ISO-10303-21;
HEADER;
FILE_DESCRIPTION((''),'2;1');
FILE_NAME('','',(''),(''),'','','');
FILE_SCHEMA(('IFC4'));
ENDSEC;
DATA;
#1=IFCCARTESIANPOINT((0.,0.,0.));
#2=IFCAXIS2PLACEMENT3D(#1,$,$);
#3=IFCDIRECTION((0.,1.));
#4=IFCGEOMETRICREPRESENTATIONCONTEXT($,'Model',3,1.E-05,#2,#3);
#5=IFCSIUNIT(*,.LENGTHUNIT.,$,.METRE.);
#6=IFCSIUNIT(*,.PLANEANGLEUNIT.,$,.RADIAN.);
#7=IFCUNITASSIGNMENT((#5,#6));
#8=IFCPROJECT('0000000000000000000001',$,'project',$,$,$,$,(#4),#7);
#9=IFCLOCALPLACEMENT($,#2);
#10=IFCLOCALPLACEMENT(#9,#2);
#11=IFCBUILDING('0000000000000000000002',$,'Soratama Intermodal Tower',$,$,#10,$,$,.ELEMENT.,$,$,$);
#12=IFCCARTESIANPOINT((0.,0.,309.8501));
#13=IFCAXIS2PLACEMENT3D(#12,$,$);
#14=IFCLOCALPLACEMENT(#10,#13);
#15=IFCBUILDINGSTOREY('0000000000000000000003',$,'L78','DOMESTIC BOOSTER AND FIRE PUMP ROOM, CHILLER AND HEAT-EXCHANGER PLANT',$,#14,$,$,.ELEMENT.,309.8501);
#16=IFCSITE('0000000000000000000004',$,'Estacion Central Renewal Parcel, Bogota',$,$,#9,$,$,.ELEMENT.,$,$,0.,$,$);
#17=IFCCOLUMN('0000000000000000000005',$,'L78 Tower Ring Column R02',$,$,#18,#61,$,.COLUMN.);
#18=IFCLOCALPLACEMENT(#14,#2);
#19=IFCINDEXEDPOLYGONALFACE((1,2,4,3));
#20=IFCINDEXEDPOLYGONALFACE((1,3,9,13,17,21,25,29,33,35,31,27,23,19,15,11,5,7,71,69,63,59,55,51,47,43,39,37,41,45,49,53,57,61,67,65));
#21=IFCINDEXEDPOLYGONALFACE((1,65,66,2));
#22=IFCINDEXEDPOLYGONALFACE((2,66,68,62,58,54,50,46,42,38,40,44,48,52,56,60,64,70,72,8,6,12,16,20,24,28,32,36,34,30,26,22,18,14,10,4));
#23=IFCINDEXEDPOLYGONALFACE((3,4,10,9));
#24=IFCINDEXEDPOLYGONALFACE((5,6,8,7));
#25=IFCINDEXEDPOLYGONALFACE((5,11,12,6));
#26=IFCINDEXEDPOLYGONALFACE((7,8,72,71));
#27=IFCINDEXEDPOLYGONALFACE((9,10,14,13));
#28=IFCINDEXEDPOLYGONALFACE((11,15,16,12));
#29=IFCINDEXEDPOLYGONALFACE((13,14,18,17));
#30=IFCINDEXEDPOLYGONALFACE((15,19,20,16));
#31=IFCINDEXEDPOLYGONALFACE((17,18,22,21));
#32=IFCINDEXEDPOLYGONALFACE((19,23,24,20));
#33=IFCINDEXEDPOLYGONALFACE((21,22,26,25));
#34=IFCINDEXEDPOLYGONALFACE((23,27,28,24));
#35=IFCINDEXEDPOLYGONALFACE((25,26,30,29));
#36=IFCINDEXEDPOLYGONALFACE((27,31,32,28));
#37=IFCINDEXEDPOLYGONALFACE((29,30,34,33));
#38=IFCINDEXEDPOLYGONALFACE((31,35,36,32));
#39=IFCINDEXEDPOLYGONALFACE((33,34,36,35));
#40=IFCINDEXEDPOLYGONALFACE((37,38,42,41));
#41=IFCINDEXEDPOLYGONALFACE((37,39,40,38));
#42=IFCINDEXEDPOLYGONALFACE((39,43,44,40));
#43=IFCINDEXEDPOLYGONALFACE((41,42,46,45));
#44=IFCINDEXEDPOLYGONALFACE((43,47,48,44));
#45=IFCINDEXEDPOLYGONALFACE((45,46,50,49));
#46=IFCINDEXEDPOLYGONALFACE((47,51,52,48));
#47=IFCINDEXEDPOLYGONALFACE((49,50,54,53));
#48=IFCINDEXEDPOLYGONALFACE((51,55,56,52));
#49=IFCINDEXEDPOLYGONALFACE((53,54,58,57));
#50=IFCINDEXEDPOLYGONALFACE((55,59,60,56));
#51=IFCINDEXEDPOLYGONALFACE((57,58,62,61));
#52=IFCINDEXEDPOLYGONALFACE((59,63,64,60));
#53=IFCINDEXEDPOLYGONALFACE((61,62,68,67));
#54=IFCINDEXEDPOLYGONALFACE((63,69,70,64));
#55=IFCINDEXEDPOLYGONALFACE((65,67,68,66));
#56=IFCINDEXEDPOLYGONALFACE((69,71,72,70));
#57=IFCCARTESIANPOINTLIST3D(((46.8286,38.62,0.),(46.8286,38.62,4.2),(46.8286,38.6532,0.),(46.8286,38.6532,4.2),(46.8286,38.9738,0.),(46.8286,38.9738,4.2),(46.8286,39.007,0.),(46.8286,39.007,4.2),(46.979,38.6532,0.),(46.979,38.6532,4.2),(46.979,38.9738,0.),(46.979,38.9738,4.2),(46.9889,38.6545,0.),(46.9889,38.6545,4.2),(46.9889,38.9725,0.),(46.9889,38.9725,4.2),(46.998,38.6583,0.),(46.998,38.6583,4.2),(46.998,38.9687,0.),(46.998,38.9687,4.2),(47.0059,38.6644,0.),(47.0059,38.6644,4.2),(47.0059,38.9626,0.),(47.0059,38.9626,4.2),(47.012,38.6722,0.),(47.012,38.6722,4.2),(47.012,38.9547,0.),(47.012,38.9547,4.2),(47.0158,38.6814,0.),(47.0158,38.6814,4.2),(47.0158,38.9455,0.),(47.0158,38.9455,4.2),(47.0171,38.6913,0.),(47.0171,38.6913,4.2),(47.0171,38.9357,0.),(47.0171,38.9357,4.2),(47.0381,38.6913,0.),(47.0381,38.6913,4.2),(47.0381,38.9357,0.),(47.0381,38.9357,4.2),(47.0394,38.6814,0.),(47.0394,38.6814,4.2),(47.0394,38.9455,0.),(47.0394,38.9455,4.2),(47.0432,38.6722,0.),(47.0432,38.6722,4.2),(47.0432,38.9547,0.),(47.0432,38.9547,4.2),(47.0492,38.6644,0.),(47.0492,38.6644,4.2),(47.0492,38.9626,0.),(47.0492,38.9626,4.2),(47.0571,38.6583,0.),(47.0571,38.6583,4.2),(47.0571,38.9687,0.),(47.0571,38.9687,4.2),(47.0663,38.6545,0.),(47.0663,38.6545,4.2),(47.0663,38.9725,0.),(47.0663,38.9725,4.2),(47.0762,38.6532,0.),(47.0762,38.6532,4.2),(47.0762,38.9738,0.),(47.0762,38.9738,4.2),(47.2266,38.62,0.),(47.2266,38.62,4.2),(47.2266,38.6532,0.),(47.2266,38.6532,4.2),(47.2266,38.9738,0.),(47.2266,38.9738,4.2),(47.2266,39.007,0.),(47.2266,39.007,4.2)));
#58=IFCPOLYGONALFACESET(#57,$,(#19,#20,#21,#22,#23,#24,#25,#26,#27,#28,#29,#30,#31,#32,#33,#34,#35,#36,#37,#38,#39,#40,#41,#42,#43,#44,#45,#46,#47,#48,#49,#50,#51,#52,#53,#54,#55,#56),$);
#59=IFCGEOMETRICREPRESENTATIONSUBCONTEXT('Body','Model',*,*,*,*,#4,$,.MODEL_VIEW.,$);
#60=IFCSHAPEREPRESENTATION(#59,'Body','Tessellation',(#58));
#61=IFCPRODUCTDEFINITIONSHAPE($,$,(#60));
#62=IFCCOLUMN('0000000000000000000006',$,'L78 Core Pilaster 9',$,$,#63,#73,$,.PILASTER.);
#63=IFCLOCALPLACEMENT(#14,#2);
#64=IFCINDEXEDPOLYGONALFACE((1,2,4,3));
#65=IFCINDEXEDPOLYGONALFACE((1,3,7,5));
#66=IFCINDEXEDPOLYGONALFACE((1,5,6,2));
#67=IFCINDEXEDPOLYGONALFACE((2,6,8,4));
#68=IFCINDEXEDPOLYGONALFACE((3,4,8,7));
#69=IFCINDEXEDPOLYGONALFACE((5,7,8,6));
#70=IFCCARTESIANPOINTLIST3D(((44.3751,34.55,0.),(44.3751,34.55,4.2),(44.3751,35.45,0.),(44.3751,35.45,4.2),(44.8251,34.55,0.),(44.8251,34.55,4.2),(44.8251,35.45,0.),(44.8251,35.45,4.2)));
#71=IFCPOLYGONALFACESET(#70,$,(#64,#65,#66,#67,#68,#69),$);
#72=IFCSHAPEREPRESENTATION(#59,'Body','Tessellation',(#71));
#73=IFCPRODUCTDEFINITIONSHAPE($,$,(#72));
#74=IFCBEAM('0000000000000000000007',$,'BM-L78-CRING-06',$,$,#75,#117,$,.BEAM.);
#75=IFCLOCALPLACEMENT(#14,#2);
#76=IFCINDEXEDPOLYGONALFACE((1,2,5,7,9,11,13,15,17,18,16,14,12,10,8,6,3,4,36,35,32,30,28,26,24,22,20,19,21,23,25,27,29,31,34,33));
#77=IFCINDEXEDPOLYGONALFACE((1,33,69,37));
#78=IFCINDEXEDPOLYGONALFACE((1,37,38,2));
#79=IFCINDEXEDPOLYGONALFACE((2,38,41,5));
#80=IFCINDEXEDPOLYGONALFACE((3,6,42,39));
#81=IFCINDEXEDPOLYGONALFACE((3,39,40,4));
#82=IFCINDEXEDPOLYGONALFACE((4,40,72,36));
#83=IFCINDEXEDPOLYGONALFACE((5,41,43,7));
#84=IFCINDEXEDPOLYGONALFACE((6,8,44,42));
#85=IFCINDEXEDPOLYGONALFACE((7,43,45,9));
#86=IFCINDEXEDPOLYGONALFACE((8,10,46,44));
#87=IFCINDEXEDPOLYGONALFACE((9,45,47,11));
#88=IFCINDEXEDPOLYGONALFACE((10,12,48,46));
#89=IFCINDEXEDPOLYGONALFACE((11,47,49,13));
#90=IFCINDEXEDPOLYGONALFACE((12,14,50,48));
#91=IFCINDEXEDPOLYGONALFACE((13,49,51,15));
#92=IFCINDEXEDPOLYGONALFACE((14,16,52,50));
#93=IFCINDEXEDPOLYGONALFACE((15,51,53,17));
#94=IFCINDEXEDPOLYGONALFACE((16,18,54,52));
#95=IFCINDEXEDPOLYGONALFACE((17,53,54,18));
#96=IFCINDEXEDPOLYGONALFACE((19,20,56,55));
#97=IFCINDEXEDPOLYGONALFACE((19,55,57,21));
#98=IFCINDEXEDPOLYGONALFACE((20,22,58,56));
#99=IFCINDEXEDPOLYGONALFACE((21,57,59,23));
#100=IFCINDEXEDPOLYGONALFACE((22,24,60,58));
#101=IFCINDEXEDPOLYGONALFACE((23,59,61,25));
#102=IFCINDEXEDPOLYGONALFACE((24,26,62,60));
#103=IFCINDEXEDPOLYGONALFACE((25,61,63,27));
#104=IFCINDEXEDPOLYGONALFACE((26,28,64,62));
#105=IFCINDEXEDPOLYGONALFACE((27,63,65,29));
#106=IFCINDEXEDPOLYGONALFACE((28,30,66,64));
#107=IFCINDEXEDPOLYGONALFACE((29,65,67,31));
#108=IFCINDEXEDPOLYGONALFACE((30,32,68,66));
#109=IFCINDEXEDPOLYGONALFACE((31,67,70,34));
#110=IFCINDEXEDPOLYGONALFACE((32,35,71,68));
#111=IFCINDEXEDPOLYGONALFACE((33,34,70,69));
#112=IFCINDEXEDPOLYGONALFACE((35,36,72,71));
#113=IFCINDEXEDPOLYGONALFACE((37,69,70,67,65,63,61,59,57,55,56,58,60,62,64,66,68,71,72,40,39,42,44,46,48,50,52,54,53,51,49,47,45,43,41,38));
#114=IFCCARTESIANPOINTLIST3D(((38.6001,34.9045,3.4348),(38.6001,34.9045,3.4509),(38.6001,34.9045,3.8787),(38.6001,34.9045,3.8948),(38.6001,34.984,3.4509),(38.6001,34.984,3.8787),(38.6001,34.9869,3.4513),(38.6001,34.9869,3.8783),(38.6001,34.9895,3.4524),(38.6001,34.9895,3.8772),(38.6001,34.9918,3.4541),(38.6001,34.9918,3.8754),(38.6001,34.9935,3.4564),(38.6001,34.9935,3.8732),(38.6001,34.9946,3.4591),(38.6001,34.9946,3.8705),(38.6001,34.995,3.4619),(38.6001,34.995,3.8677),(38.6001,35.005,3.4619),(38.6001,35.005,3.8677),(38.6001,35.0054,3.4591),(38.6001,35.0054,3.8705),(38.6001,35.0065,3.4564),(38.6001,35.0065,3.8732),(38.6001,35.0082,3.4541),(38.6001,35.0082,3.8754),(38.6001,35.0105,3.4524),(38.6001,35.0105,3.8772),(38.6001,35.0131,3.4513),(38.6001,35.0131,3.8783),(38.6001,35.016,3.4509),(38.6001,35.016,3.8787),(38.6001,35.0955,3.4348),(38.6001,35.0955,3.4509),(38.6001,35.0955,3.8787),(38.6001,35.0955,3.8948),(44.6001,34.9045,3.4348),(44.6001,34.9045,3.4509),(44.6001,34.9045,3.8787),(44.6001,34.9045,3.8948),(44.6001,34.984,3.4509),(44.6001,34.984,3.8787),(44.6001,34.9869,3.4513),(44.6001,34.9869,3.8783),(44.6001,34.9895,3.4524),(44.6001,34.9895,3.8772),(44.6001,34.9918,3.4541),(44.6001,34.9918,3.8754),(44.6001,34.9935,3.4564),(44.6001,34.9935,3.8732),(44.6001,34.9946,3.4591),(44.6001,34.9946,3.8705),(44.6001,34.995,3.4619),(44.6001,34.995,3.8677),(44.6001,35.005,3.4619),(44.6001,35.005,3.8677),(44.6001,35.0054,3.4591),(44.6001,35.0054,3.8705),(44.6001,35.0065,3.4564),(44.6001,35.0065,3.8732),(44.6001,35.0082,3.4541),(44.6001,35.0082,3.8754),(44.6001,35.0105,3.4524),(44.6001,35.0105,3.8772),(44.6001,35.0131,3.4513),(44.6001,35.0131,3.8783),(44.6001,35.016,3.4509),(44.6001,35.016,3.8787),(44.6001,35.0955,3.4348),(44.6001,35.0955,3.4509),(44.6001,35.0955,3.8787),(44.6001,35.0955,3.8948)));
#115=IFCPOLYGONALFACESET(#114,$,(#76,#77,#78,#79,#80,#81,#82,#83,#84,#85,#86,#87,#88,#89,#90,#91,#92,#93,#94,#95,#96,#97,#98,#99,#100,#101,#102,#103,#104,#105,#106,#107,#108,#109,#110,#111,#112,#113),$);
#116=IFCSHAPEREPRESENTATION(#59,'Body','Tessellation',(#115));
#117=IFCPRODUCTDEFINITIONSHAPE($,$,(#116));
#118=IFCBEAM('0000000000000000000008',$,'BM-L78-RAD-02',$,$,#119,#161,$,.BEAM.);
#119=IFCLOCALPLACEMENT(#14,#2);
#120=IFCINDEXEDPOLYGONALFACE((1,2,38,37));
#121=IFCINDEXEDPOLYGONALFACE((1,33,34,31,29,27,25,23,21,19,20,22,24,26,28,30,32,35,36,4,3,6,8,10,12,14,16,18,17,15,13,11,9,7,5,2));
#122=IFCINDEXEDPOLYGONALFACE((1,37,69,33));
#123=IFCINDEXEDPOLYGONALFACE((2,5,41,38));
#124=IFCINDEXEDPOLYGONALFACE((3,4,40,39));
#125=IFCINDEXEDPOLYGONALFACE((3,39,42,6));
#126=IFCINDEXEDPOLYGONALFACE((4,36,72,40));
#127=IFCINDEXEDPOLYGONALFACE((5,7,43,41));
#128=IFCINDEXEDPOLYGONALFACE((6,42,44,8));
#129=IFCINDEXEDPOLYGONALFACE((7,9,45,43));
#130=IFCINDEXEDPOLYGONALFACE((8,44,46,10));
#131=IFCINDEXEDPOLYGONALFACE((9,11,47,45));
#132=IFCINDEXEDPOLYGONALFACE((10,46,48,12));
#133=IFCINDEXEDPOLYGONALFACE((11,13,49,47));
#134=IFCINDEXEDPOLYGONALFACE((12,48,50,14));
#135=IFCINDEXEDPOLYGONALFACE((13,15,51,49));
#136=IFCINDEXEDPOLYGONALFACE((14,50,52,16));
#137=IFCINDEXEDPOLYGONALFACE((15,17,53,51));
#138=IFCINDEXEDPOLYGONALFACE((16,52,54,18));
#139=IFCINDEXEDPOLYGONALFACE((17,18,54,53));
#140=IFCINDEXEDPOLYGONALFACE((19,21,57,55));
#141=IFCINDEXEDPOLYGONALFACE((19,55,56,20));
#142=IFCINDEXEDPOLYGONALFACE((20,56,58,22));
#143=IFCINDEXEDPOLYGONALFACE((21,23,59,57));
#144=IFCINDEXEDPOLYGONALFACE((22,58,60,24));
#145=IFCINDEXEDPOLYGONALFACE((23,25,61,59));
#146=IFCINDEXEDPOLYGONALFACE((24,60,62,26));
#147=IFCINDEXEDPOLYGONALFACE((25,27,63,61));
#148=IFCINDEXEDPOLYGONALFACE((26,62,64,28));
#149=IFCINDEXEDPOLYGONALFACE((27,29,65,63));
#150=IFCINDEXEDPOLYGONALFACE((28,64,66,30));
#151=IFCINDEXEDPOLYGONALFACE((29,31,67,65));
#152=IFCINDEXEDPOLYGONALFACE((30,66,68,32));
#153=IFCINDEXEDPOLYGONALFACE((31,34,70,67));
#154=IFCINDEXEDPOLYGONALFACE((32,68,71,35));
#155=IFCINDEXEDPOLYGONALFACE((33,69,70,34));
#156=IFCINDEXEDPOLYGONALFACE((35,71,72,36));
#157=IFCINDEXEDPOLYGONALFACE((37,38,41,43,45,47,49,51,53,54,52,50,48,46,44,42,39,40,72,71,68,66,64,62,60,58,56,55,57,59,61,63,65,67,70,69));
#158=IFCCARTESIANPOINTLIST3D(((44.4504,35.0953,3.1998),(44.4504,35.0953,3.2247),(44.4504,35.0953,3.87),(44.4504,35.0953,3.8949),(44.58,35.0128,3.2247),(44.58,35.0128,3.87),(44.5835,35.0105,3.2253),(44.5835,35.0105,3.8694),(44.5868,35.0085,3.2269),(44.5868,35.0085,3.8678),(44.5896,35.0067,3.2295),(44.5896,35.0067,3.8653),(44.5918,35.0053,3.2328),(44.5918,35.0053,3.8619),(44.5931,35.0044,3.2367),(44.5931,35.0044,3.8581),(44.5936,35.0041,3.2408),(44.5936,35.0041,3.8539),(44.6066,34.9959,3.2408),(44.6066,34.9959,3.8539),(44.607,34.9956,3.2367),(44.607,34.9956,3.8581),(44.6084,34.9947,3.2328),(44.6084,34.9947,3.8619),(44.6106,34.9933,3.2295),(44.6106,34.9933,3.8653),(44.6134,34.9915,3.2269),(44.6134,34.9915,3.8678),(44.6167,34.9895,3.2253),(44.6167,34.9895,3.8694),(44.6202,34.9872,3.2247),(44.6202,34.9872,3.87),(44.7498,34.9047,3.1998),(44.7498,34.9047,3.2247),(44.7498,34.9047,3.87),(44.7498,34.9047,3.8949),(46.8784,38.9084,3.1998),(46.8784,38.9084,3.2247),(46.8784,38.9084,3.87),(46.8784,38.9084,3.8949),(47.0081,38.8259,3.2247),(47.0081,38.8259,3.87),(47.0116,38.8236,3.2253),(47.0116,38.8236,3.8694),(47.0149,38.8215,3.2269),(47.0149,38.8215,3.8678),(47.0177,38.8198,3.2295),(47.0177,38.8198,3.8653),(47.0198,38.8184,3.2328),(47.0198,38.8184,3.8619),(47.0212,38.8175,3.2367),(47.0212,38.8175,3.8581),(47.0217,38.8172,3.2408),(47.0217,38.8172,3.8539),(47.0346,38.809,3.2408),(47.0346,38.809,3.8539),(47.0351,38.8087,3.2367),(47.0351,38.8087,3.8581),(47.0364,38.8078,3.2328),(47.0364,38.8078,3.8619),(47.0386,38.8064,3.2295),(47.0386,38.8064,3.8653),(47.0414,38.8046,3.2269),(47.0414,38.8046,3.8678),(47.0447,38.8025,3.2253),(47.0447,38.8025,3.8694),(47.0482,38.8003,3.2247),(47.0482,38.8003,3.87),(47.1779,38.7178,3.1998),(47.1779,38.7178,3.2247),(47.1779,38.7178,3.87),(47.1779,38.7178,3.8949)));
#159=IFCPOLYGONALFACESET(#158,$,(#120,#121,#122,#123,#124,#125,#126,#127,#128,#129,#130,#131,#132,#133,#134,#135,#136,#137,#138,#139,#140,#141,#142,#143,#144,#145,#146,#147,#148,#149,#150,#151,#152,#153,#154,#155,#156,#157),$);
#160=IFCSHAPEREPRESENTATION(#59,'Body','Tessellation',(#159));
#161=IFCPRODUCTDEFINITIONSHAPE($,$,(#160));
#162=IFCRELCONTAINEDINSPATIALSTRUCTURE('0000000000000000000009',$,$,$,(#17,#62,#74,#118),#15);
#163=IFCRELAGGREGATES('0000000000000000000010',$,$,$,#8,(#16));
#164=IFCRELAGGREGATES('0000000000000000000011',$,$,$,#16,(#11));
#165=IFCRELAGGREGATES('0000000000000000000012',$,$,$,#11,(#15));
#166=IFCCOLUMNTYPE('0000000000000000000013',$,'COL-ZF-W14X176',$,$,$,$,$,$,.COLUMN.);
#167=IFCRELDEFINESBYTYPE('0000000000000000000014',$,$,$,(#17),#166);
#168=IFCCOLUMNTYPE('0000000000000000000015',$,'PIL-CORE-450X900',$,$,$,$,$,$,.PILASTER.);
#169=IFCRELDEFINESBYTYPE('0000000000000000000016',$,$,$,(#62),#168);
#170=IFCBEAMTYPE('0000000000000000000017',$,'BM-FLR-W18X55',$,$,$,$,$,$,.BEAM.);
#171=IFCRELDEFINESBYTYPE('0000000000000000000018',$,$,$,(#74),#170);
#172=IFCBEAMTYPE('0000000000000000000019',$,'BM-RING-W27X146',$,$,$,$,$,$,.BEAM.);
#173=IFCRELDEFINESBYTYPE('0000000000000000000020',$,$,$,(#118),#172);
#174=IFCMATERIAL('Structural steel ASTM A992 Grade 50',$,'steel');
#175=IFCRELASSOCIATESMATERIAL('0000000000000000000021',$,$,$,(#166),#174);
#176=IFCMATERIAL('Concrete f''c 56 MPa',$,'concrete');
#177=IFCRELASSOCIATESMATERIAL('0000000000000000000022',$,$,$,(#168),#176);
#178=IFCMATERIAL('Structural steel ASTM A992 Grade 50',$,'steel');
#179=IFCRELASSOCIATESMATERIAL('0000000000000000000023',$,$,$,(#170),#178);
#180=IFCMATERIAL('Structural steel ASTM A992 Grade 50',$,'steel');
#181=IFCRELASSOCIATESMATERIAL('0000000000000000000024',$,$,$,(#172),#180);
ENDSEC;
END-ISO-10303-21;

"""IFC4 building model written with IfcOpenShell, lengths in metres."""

from ifc_helpers import new_model, si_unit, direction, frame, origin, origin_2d, place, context, subcontext, project, spatial, rectangle, i_section, extrude, material, material_profile, profile_set, type_object, element, save


model = new_model("IFC4")

# Units and contexts
model_context = context("Model", 3, precision=1e-05, world=origin(), true_north=direction((0.0, 1.0)))
body_context = subcontext(model_context, "Body", "Model", "MODEL_VIEW")
ifc_project = project(units=[si_unit("LENGTHUNIT", "METRE"), si_unit("PLANEANGLEUNIT", "RADIAN")], contexts=[model_context])

# Site, building, storey
site_placement = place(None, origin())
site = spatial("IfcSite", under=ifc_project, at=site_placement, Name="Estacion Central Renewal Parcel, Bogota", CompositionType="ELEMENT", RefElevation=0.0)
building_placement = place(site_placement, origin())
building = spatial("IfcBuilding", under=site, at=building_placement, Name="Soratama Intermodal Tower", CompositionType="ELEMENT")
storey_placement = place(building_placement, frame((0.0, 0.0, 309.8501)))
storey = spatial("IfcBuildingStorey", under=building, at=storey_placement, Name="L78", Description="DOMESTIC BOOSTER AND FIRE PUMP ROOM, CHILLER AND HEAT-EXCHANGER PLANT", CompositionType="ELEMENT", Elevation=309.8501)

# Columns
ifc_material_1 = material(Name="Structural steel ASTM A992 Grade 50", Category="steel")
ifc_material_profile_1 = material_profile(ifc_material_1, i_section(OverallWidth=0.3979, OverallDepth=0.387, WebThickness=0.021, FlangeThickness=0.0332, FilletRadius=0.0381, at=origin_2d()), Name="W14X176")
ifc_profile_set_1 = profile_set([ifc_material_profile_1], Name="Structural steel ASTM A992 Grade 50")
column_type_1 = type_object("IfcColumnType", Name="COL-ZF-W14X176", PredefinedType="COLUMN", material=ifc_profile_set_1)
column_1_placement = place(storey_placement, frame((47.0276, 38.8135, 0.0), z_axis=(0.0, 0.0, 1.0), x_axis=(1.0, 0.0, 0.0)))
element("IfcColumn", 1, at=column_1_placement, inside=storey, type_object=column_type_1, Name="L78 Tower Ring Column R02", PredefinedType="COLUMN", context=body_context, shape_type="SweptSolid", body=[
    extrude(i_section(OverallWidth=0.3979, OverallDepth=0.387, WebThickness=0.021, FlangeThickness=0.0332, FilletRadius=0.0381, at=origin_2d()), origin(), (0.0, 0.0, 1.0), 4.2),
])
ifc_material_2 = material(Name="Concrete f'c 56 MPa", Category="concrete")
ifc_material_profile_2 = material_profile(ifc_material_2, rectangle(XDim=0.45, YDim=0.8999, at=origin_2d()), Name="RC450X900")
ifc_profile_set_2 = profile_set([ifc_material_profile_2], Name="Concrete f'c 56 MPa")
column_type_2 = type_object("IfcColumnType", Name="PIL-CORE-450X900", PredefinedType="PILASTER", material=ifc_profile_set_2)
column_2_placement = place(storey_placement, frame((44.6001, 35.0, 0.0), z_axis=(0.0, 0.0, 1.0), x_axis=(1.0, 0.0, 0.0)))
element("IfcColumn", 2, at=column_2_placement, inside=storey, type_object=column_type_2, Name="L78 Core Pilaster 9", PredefinedType="PILASTER", context=body_context, shape_type="SweptSolid", body=[
    extrude(rectangle(XDim=0.45, YDim=0.8999, at=origin_2d()), origin(), (0.0, 0.0, 1.0), 4.2),
])

# Beams
ifc_material_3 = material(Name="Structural steel ASTM A992 Grade 50", Category="steel")
ifc_material_profile_3 = material_profile(ifc_material_3, i_section(OverallWidth=0.1909, OverallDepth=0.46, WebThickness=0.01, FlangeThickness=0.0161, FilletRadius=0.011, at=origin_2d()), Name="W18X55")
ifc_profile_set_3 = profile_set([ifc_material_profile_3], Name="Structural steel ASTM A992 Grade 50")
beam_type_1 = type_object("IfcBeamType", Name="BM-FLR-W18X55", PredefinedType="BEAM", material=ifc_profile_set_3)
beam_1_placement = place(storey_placement, frame((44.6001, 35.0, 3.6648), z_axis=(-1.0, 0.0, 0.0), x_axis=(0.0, -1.0, 0.0)))
element("IfcBeam", 3, at=beam_1_placement, inside=storey, type_object=beam_type_1, Name="BM-L78-CRING-06", PredefinedType="BEAM", context=body_context, shape_type="SweptSolid", body=[
    extrude(i_section(OverallWidth=0.1909, OverallDepth=0.46, WebThickness=0.01, FlangeThickness=0.0161, FilletRadius=0.011, at=origin_2d()), origin(), (0.0, 0.0, 1.0), 6.0),
])
ifc_material_4 = material(Name="Structural steel ASTM A992 Grade 50", Category="steel")
ifc_material_profile_4 = material_profile(ifc_material_4, i_section(OverallWidth=0.355, OverallDepth=0.6951, WebThickness=0.0154, FlangeThickness=0.0249, FilletRadius=0.0161, at=origin_2d()), Name="W27X146")
ifc_profile_set_4 = profile_set([ifc_material_profile_4], Name="Structural steel ASTM A992 Grade 50")
beam_type_2 = type_object("IfcBeamType", Name="BM-RING-W27X146", PredefinedType="BEAM", material=ifc_profile_set_4)
beam_2_placement = place(storey_placement, frame((44.6001, 35.0, 3.5474), z_axis=(0.537117, 0.843508, 0.0), x_axis=(-0.843508, 0.537117, 0.0)))
element("IfcBeam", 4, at=beam_2_placement, inside=storey, type_object=beam_type_2, Name="BM-L78-RAD-02", PredefinedType="BEAM", context=body_context, shape_type="SweptSolid", body=[
    extrude(i_section(OverallWidth=0.355, OverallDepth=0.6951, WebThickness=0.0154, FlangeThickness=0.0249, FilletRadius=0.0161, at=origin_2d()), origin(), (0.0, 0.0, 1.0), 4.5205),
])

save(model, "model.ifc")
